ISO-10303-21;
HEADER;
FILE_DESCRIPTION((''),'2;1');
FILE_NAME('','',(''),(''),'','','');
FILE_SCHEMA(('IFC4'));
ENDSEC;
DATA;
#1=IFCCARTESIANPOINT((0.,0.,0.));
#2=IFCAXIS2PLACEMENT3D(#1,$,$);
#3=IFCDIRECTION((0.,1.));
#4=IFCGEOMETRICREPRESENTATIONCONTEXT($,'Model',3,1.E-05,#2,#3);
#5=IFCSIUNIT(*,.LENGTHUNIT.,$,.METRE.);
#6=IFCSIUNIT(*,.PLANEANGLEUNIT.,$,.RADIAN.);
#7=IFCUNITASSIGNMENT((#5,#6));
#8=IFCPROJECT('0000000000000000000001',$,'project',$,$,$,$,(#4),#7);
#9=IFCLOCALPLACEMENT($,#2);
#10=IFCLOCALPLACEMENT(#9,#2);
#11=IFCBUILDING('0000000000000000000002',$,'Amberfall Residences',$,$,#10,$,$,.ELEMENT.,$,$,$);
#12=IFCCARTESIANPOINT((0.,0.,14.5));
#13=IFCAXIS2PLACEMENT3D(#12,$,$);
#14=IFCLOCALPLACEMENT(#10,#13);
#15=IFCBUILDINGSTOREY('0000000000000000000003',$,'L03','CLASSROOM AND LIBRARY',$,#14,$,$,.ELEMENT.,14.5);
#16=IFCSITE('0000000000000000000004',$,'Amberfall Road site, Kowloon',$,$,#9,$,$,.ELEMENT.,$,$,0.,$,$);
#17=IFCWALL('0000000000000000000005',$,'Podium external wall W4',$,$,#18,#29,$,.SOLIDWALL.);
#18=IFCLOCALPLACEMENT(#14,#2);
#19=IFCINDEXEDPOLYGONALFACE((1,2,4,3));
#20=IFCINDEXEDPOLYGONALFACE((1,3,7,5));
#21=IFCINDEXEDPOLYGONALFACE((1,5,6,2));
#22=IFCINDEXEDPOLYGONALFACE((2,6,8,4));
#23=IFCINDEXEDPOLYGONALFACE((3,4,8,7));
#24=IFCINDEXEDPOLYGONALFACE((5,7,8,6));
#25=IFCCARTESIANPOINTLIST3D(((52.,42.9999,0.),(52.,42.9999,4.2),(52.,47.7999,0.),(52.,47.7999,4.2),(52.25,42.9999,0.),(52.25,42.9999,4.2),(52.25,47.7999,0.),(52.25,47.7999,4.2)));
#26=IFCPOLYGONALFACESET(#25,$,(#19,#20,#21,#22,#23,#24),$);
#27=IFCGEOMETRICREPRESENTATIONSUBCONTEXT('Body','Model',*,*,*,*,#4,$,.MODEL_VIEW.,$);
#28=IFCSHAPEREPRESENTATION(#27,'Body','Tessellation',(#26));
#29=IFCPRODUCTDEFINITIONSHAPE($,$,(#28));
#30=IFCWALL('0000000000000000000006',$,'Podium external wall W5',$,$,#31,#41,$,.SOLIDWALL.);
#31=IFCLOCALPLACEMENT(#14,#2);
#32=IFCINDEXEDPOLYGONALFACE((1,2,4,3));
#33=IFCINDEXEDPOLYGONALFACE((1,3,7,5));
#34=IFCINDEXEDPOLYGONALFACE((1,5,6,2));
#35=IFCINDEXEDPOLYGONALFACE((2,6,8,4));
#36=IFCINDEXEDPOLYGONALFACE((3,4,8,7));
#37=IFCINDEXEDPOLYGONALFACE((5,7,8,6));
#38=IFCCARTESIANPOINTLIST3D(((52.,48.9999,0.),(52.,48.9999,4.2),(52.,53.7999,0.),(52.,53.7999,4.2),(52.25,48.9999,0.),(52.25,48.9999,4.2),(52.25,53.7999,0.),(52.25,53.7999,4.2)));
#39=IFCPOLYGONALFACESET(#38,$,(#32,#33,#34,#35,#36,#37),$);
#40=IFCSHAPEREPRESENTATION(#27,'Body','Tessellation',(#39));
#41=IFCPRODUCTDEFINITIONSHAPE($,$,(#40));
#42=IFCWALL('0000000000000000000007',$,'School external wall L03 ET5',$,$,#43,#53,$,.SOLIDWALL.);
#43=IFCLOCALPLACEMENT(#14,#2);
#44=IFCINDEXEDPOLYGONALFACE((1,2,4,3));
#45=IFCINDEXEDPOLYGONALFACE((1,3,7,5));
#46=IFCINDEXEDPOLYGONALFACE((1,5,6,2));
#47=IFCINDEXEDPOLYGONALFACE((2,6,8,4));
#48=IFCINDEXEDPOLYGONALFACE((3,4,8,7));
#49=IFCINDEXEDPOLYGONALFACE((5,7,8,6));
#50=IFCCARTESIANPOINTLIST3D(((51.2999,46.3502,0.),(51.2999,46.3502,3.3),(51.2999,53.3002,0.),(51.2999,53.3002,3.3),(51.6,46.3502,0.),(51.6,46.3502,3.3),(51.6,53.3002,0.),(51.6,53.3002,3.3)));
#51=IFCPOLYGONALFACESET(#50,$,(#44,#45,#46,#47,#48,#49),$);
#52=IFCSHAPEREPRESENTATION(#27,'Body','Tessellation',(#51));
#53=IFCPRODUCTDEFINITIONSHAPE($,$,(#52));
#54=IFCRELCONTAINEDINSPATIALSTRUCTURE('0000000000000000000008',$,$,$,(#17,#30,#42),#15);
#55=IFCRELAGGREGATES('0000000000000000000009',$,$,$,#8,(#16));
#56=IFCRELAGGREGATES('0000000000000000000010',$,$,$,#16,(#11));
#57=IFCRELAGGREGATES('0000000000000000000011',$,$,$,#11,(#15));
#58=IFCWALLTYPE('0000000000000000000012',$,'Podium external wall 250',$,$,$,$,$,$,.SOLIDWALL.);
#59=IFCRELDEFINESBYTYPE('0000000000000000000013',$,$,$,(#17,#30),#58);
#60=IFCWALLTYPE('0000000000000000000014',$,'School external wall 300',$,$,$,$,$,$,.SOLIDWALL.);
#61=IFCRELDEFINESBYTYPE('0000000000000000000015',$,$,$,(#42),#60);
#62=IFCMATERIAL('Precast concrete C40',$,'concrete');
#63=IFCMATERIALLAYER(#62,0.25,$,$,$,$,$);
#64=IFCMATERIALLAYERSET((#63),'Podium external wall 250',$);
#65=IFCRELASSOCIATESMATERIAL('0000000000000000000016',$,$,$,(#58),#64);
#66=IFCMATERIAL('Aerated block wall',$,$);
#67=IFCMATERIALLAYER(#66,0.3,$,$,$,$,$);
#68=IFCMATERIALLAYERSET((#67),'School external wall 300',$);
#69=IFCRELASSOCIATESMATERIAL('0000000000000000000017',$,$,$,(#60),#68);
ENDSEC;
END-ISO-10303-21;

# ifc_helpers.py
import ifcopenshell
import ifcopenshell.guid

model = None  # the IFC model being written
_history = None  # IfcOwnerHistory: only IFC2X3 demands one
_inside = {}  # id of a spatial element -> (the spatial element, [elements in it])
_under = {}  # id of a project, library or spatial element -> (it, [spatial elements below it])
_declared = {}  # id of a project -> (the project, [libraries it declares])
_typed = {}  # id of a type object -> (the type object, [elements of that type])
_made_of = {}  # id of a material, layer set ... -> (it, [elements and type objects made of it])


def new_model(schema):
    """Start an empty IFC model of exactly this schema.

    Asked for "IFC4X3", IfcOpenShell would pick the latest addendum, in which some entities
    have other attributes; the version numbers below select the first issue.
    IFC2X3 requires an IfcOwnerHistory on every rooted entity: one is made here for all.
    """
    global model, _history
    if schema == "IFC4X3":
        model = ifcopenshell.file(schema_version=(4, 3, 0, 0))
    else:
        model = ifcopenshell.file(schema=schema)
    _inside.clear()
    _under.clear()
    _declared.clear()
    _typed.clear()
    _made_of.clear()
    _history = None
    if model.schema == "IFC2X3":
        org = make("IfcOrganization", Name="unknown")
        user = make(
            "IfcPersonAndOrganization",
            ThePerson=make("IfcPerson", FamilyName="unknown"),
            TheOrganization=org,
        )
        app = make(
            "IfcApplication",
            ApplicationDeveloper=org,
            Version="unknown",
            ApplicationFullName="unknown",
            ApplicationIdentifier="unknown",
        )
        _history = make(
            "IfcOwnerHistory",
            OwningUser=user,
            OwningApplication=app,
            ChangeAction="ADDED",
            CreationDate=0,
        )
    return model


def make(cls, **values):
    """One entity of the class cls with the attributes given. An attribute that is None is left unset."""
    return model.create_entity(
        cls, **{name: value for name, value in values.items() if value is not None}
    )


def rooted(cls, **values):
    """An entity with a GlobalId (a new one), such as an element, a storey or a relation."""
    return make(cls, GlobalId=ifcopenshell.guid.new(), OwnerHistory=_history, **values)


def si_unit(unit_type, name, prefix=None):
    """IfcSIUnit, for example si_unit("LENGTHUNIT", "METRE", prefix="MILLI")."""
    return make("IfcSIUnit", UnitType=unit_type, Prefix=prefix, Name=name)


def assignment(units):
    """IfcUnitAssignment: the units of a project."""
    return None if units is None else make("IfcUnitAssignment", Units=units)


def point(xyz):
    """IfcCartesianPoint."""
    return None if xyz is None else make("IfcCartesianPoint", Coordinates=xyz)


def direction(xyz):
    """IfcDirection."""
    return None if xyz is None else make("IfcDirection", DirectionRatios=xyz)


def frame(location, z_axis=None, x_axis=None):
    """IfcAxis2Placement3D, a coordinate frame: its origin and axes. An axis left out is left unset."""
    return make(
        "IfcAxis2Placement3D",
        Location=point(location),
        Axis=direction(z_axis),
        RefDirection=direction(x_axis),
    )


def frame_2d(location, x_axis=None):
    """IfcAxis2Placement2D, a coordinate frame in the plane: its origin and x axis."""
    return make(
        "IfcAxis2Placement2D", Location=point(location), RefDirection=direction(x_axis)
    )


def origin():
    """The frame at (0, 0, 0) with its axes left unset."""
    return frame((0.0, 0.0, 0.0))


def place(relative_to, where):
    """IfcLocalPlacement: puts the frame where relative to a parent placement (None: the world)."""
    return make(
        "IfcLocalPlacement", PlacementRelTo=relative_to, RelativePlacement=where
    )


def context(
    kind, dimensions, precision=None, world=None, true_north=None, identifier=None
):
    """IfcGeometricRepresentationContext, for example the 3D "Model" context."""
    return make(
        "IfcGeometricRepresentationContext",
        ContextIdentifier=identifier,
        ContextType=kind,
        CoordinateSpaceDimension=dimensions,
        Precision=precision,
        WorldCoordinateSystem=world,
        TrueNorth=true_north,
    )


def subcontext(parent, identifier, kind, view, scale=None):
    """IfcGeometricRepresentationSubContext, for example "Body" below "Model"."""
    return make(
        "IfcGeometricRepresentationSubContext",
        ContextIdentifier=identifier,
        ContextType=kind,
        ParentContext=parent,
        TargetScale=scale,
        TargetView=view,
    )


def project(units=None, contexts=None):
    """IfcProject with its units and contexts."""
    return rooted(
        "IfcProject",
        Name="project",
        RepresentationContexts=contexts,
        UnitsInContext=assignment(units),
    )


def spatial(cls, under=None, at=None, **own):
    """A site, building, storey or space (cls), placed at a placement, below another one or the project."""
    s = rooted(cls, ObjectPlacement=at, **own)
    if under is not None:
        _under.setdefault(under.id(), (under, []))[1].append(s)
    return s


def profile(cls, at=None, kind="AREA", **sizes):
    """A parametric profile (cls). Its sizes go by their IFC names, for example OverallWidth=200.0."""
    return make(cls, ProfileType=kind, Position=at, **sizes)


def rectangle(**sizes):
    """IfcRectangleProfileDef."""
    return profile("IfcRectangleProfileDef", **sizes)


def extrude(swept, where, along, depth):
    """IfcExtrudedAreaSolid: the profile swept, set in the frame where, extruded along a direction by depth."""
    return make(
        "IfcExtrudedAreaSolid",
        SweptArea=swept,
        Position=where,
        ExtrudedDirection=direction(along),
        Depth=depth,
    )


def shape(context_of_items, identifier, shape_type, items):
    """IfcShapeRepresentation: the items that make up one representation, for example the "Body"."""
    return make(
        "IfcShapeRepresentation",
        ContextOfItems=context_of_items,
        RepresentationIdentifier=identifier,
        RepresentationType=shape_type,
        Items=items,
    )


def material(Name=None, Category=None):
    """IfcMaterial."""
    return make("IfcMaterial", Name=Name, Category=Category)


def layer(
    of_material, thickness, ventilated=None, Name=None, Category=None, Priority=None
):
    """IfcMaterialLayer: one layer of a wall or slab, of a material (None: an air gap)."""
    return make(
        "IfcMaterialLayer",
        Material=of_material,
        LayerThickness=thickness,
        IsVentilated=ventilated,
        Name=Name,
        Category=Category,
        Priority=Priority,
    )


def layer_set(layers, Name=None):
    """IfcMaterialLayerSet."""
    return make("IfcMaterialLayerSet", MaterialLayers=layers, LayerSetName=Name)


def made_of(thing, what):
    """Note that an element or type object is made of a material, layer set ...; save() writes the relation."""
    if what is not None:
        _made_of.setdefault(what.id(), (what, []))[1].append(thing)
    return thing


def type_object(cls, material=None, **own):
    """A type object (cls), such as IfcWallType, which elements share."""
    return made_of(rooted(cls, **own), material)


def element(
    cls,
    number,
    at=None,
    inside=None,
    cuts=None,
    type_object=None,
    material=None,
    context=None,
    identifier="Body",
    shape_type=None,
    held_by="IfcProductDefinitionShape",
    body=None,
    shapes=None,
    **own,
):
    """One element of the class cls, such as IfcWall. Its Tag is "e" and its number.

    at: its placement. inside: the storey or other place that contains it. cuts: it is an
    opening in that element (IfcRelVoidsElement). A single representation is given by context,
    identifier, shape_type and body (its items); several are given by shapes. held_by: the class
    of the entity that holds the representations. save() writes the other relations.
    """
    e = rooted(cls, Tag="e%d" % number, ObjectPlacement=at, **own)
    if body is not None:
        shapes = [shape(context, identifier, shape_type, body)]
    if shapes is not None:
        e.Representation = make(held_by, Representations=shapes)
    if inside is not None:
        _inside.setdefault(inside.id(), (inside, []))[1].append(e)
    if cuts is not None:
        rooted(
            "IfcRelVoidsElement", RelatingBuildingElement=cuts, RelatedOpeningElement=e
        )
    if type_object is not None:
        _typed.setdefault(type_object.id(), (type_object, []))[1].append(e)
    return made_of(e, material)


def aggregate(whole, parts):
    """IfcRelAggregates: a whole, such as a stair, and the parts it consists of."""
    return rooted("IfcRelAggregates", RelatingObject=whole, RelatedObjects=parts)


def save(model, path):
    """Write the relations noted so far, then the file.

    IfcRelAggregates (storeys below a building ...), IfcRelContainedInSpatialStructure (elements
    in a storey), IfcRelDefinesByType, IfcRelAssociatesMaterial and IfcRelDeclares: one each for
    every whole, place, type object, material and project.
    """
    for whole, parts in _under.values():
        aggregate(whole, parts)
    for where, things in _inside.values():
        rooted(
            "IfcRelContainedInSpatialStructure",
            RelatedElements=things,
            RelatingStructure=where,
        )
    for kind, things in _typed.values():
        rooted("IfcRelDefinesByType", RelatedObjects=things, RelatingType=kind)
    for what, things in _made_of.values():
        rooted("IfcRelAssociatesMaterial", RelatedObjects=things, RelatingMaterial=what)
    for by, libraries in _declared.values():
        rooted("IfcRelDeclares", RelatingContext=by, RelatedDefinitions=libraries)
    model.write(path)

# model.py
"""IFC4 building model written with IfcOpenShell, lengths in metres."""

from ifc_helpers import new_model, si_unit, direction, frame, frame_2d, origin, place, context, subcontext, project, spatial, rectangle, extrude, material, layer, layer_set, type_object, element, save


model = new_model("IFC4")

# Units and contexts
model_context = context("Model", 3, precision=1e-05, world=origin(), true_north=direction((0.0, 1.0)))
body_context = subcontext(model_context, "Body", "Model", "MODEL_VIEW")
ifc_project = project(units=[si_unit("LENGTHUNIT", "METRE"), si_unit("PLANEANGLEUNIT", "RADIAN")], contexts=[model_context])

# Site, building, storey
site_placement = place(None, origin())
site = spatial("IfcSite", under=ifc_project, at=site_placement, Name="Amberfall Road site, Kowloon", CompositionType="ELEMENT", RefElevation=0.0)
building_placement = place(site_placement, origin())
building = spatial("IfcBuilding", under=site, at=building_placement, Name="Amberfall Residences", CompositionType="ELEMENT")
storey_placement = place(building_placement, frame((0.0, 0.0, 14.5)))
storey = spatial("IfcBuildingStorey", under=building, at=storey_placement, Name="L03", Description="CLASSROOM AND LIBRARY", CompositionType="ELEMENT", Elevation=14.5)

# Walls
ifc_material_1 = material(Name="Precast concrete C40", Category="concrete")
ifc_layer_1 = layer(ifc_material_1, 0.25)
ifc_layer_set_1 = layer_set([ifc_layer_1], Name="Podium external wall 250")
wall_type_1 = type_object("IfcWallType", Name="Podium external wall 250", PredefinedType="SOLIDWALL", material=ifc_layer_set_1)
for number, where, z_axis, x_axis, name in (
    (1, (52.125, 43.0, 0.0), (0.0, 0.0, 1.0), (0.0, 1.0, 0.0), "Podium external wall W4"),
    (2, (52.125, 49.0, 0.0), (0.0, 0.0, 1.0), (0.0, 1.0, 0.0), "Podium external wall W5"),
):
    element("IfcWall", number, at=place(storey_placement, frame(where, z_axis=z_axis, x_axis=x_axis)), inside=storey, type_object=wall_type_1, Name=name, PredefinedType="SOLIDWALL", context=body_context, shape_type="SweptSolid", body=[
        extrude(rectangle(XDim=4.8, YDim=0.25, at=frame_2d((2.3999, 0.0))), origin(), (0.0, 0.0, 1.0), 4.2),
    ])
ifc_material_2 = material(Name="Aerated block wall")
ifc_layer_2 = layer(ifc_material_2, 0.3)
ifc_layer_set_2 = layer_set([ifc_layer_2], Name="School external wall 300")
wall_type_2 = type_object("IfcWallType", Name="School external wall 300", PredefinedType="SOLIDWALL", material=ifc_layer_set_2)
wall_placement = place(storey_placement, frame((51.45, 46.3501, 0.0), z_axis=(0.0, 0.0, 1.0), x_axis=(0.0, 1.0, 0.0)))
element("IfcWall", 3, at=wall_placement, inside=storey, type_object=wall_type_2, Name="School external wall L03 ET5", PredefinedType="SOLIDWALL", context=body_context, shape_type="SweptSolid", body=[
    extrude(rectangle(XDim=6.95, YDim=0.3, at=frame_2d((3.4751, 0.0))), origin(), (0.0, 0.0, 1.0), 3.3),
])

save(model, "model.ifc")
